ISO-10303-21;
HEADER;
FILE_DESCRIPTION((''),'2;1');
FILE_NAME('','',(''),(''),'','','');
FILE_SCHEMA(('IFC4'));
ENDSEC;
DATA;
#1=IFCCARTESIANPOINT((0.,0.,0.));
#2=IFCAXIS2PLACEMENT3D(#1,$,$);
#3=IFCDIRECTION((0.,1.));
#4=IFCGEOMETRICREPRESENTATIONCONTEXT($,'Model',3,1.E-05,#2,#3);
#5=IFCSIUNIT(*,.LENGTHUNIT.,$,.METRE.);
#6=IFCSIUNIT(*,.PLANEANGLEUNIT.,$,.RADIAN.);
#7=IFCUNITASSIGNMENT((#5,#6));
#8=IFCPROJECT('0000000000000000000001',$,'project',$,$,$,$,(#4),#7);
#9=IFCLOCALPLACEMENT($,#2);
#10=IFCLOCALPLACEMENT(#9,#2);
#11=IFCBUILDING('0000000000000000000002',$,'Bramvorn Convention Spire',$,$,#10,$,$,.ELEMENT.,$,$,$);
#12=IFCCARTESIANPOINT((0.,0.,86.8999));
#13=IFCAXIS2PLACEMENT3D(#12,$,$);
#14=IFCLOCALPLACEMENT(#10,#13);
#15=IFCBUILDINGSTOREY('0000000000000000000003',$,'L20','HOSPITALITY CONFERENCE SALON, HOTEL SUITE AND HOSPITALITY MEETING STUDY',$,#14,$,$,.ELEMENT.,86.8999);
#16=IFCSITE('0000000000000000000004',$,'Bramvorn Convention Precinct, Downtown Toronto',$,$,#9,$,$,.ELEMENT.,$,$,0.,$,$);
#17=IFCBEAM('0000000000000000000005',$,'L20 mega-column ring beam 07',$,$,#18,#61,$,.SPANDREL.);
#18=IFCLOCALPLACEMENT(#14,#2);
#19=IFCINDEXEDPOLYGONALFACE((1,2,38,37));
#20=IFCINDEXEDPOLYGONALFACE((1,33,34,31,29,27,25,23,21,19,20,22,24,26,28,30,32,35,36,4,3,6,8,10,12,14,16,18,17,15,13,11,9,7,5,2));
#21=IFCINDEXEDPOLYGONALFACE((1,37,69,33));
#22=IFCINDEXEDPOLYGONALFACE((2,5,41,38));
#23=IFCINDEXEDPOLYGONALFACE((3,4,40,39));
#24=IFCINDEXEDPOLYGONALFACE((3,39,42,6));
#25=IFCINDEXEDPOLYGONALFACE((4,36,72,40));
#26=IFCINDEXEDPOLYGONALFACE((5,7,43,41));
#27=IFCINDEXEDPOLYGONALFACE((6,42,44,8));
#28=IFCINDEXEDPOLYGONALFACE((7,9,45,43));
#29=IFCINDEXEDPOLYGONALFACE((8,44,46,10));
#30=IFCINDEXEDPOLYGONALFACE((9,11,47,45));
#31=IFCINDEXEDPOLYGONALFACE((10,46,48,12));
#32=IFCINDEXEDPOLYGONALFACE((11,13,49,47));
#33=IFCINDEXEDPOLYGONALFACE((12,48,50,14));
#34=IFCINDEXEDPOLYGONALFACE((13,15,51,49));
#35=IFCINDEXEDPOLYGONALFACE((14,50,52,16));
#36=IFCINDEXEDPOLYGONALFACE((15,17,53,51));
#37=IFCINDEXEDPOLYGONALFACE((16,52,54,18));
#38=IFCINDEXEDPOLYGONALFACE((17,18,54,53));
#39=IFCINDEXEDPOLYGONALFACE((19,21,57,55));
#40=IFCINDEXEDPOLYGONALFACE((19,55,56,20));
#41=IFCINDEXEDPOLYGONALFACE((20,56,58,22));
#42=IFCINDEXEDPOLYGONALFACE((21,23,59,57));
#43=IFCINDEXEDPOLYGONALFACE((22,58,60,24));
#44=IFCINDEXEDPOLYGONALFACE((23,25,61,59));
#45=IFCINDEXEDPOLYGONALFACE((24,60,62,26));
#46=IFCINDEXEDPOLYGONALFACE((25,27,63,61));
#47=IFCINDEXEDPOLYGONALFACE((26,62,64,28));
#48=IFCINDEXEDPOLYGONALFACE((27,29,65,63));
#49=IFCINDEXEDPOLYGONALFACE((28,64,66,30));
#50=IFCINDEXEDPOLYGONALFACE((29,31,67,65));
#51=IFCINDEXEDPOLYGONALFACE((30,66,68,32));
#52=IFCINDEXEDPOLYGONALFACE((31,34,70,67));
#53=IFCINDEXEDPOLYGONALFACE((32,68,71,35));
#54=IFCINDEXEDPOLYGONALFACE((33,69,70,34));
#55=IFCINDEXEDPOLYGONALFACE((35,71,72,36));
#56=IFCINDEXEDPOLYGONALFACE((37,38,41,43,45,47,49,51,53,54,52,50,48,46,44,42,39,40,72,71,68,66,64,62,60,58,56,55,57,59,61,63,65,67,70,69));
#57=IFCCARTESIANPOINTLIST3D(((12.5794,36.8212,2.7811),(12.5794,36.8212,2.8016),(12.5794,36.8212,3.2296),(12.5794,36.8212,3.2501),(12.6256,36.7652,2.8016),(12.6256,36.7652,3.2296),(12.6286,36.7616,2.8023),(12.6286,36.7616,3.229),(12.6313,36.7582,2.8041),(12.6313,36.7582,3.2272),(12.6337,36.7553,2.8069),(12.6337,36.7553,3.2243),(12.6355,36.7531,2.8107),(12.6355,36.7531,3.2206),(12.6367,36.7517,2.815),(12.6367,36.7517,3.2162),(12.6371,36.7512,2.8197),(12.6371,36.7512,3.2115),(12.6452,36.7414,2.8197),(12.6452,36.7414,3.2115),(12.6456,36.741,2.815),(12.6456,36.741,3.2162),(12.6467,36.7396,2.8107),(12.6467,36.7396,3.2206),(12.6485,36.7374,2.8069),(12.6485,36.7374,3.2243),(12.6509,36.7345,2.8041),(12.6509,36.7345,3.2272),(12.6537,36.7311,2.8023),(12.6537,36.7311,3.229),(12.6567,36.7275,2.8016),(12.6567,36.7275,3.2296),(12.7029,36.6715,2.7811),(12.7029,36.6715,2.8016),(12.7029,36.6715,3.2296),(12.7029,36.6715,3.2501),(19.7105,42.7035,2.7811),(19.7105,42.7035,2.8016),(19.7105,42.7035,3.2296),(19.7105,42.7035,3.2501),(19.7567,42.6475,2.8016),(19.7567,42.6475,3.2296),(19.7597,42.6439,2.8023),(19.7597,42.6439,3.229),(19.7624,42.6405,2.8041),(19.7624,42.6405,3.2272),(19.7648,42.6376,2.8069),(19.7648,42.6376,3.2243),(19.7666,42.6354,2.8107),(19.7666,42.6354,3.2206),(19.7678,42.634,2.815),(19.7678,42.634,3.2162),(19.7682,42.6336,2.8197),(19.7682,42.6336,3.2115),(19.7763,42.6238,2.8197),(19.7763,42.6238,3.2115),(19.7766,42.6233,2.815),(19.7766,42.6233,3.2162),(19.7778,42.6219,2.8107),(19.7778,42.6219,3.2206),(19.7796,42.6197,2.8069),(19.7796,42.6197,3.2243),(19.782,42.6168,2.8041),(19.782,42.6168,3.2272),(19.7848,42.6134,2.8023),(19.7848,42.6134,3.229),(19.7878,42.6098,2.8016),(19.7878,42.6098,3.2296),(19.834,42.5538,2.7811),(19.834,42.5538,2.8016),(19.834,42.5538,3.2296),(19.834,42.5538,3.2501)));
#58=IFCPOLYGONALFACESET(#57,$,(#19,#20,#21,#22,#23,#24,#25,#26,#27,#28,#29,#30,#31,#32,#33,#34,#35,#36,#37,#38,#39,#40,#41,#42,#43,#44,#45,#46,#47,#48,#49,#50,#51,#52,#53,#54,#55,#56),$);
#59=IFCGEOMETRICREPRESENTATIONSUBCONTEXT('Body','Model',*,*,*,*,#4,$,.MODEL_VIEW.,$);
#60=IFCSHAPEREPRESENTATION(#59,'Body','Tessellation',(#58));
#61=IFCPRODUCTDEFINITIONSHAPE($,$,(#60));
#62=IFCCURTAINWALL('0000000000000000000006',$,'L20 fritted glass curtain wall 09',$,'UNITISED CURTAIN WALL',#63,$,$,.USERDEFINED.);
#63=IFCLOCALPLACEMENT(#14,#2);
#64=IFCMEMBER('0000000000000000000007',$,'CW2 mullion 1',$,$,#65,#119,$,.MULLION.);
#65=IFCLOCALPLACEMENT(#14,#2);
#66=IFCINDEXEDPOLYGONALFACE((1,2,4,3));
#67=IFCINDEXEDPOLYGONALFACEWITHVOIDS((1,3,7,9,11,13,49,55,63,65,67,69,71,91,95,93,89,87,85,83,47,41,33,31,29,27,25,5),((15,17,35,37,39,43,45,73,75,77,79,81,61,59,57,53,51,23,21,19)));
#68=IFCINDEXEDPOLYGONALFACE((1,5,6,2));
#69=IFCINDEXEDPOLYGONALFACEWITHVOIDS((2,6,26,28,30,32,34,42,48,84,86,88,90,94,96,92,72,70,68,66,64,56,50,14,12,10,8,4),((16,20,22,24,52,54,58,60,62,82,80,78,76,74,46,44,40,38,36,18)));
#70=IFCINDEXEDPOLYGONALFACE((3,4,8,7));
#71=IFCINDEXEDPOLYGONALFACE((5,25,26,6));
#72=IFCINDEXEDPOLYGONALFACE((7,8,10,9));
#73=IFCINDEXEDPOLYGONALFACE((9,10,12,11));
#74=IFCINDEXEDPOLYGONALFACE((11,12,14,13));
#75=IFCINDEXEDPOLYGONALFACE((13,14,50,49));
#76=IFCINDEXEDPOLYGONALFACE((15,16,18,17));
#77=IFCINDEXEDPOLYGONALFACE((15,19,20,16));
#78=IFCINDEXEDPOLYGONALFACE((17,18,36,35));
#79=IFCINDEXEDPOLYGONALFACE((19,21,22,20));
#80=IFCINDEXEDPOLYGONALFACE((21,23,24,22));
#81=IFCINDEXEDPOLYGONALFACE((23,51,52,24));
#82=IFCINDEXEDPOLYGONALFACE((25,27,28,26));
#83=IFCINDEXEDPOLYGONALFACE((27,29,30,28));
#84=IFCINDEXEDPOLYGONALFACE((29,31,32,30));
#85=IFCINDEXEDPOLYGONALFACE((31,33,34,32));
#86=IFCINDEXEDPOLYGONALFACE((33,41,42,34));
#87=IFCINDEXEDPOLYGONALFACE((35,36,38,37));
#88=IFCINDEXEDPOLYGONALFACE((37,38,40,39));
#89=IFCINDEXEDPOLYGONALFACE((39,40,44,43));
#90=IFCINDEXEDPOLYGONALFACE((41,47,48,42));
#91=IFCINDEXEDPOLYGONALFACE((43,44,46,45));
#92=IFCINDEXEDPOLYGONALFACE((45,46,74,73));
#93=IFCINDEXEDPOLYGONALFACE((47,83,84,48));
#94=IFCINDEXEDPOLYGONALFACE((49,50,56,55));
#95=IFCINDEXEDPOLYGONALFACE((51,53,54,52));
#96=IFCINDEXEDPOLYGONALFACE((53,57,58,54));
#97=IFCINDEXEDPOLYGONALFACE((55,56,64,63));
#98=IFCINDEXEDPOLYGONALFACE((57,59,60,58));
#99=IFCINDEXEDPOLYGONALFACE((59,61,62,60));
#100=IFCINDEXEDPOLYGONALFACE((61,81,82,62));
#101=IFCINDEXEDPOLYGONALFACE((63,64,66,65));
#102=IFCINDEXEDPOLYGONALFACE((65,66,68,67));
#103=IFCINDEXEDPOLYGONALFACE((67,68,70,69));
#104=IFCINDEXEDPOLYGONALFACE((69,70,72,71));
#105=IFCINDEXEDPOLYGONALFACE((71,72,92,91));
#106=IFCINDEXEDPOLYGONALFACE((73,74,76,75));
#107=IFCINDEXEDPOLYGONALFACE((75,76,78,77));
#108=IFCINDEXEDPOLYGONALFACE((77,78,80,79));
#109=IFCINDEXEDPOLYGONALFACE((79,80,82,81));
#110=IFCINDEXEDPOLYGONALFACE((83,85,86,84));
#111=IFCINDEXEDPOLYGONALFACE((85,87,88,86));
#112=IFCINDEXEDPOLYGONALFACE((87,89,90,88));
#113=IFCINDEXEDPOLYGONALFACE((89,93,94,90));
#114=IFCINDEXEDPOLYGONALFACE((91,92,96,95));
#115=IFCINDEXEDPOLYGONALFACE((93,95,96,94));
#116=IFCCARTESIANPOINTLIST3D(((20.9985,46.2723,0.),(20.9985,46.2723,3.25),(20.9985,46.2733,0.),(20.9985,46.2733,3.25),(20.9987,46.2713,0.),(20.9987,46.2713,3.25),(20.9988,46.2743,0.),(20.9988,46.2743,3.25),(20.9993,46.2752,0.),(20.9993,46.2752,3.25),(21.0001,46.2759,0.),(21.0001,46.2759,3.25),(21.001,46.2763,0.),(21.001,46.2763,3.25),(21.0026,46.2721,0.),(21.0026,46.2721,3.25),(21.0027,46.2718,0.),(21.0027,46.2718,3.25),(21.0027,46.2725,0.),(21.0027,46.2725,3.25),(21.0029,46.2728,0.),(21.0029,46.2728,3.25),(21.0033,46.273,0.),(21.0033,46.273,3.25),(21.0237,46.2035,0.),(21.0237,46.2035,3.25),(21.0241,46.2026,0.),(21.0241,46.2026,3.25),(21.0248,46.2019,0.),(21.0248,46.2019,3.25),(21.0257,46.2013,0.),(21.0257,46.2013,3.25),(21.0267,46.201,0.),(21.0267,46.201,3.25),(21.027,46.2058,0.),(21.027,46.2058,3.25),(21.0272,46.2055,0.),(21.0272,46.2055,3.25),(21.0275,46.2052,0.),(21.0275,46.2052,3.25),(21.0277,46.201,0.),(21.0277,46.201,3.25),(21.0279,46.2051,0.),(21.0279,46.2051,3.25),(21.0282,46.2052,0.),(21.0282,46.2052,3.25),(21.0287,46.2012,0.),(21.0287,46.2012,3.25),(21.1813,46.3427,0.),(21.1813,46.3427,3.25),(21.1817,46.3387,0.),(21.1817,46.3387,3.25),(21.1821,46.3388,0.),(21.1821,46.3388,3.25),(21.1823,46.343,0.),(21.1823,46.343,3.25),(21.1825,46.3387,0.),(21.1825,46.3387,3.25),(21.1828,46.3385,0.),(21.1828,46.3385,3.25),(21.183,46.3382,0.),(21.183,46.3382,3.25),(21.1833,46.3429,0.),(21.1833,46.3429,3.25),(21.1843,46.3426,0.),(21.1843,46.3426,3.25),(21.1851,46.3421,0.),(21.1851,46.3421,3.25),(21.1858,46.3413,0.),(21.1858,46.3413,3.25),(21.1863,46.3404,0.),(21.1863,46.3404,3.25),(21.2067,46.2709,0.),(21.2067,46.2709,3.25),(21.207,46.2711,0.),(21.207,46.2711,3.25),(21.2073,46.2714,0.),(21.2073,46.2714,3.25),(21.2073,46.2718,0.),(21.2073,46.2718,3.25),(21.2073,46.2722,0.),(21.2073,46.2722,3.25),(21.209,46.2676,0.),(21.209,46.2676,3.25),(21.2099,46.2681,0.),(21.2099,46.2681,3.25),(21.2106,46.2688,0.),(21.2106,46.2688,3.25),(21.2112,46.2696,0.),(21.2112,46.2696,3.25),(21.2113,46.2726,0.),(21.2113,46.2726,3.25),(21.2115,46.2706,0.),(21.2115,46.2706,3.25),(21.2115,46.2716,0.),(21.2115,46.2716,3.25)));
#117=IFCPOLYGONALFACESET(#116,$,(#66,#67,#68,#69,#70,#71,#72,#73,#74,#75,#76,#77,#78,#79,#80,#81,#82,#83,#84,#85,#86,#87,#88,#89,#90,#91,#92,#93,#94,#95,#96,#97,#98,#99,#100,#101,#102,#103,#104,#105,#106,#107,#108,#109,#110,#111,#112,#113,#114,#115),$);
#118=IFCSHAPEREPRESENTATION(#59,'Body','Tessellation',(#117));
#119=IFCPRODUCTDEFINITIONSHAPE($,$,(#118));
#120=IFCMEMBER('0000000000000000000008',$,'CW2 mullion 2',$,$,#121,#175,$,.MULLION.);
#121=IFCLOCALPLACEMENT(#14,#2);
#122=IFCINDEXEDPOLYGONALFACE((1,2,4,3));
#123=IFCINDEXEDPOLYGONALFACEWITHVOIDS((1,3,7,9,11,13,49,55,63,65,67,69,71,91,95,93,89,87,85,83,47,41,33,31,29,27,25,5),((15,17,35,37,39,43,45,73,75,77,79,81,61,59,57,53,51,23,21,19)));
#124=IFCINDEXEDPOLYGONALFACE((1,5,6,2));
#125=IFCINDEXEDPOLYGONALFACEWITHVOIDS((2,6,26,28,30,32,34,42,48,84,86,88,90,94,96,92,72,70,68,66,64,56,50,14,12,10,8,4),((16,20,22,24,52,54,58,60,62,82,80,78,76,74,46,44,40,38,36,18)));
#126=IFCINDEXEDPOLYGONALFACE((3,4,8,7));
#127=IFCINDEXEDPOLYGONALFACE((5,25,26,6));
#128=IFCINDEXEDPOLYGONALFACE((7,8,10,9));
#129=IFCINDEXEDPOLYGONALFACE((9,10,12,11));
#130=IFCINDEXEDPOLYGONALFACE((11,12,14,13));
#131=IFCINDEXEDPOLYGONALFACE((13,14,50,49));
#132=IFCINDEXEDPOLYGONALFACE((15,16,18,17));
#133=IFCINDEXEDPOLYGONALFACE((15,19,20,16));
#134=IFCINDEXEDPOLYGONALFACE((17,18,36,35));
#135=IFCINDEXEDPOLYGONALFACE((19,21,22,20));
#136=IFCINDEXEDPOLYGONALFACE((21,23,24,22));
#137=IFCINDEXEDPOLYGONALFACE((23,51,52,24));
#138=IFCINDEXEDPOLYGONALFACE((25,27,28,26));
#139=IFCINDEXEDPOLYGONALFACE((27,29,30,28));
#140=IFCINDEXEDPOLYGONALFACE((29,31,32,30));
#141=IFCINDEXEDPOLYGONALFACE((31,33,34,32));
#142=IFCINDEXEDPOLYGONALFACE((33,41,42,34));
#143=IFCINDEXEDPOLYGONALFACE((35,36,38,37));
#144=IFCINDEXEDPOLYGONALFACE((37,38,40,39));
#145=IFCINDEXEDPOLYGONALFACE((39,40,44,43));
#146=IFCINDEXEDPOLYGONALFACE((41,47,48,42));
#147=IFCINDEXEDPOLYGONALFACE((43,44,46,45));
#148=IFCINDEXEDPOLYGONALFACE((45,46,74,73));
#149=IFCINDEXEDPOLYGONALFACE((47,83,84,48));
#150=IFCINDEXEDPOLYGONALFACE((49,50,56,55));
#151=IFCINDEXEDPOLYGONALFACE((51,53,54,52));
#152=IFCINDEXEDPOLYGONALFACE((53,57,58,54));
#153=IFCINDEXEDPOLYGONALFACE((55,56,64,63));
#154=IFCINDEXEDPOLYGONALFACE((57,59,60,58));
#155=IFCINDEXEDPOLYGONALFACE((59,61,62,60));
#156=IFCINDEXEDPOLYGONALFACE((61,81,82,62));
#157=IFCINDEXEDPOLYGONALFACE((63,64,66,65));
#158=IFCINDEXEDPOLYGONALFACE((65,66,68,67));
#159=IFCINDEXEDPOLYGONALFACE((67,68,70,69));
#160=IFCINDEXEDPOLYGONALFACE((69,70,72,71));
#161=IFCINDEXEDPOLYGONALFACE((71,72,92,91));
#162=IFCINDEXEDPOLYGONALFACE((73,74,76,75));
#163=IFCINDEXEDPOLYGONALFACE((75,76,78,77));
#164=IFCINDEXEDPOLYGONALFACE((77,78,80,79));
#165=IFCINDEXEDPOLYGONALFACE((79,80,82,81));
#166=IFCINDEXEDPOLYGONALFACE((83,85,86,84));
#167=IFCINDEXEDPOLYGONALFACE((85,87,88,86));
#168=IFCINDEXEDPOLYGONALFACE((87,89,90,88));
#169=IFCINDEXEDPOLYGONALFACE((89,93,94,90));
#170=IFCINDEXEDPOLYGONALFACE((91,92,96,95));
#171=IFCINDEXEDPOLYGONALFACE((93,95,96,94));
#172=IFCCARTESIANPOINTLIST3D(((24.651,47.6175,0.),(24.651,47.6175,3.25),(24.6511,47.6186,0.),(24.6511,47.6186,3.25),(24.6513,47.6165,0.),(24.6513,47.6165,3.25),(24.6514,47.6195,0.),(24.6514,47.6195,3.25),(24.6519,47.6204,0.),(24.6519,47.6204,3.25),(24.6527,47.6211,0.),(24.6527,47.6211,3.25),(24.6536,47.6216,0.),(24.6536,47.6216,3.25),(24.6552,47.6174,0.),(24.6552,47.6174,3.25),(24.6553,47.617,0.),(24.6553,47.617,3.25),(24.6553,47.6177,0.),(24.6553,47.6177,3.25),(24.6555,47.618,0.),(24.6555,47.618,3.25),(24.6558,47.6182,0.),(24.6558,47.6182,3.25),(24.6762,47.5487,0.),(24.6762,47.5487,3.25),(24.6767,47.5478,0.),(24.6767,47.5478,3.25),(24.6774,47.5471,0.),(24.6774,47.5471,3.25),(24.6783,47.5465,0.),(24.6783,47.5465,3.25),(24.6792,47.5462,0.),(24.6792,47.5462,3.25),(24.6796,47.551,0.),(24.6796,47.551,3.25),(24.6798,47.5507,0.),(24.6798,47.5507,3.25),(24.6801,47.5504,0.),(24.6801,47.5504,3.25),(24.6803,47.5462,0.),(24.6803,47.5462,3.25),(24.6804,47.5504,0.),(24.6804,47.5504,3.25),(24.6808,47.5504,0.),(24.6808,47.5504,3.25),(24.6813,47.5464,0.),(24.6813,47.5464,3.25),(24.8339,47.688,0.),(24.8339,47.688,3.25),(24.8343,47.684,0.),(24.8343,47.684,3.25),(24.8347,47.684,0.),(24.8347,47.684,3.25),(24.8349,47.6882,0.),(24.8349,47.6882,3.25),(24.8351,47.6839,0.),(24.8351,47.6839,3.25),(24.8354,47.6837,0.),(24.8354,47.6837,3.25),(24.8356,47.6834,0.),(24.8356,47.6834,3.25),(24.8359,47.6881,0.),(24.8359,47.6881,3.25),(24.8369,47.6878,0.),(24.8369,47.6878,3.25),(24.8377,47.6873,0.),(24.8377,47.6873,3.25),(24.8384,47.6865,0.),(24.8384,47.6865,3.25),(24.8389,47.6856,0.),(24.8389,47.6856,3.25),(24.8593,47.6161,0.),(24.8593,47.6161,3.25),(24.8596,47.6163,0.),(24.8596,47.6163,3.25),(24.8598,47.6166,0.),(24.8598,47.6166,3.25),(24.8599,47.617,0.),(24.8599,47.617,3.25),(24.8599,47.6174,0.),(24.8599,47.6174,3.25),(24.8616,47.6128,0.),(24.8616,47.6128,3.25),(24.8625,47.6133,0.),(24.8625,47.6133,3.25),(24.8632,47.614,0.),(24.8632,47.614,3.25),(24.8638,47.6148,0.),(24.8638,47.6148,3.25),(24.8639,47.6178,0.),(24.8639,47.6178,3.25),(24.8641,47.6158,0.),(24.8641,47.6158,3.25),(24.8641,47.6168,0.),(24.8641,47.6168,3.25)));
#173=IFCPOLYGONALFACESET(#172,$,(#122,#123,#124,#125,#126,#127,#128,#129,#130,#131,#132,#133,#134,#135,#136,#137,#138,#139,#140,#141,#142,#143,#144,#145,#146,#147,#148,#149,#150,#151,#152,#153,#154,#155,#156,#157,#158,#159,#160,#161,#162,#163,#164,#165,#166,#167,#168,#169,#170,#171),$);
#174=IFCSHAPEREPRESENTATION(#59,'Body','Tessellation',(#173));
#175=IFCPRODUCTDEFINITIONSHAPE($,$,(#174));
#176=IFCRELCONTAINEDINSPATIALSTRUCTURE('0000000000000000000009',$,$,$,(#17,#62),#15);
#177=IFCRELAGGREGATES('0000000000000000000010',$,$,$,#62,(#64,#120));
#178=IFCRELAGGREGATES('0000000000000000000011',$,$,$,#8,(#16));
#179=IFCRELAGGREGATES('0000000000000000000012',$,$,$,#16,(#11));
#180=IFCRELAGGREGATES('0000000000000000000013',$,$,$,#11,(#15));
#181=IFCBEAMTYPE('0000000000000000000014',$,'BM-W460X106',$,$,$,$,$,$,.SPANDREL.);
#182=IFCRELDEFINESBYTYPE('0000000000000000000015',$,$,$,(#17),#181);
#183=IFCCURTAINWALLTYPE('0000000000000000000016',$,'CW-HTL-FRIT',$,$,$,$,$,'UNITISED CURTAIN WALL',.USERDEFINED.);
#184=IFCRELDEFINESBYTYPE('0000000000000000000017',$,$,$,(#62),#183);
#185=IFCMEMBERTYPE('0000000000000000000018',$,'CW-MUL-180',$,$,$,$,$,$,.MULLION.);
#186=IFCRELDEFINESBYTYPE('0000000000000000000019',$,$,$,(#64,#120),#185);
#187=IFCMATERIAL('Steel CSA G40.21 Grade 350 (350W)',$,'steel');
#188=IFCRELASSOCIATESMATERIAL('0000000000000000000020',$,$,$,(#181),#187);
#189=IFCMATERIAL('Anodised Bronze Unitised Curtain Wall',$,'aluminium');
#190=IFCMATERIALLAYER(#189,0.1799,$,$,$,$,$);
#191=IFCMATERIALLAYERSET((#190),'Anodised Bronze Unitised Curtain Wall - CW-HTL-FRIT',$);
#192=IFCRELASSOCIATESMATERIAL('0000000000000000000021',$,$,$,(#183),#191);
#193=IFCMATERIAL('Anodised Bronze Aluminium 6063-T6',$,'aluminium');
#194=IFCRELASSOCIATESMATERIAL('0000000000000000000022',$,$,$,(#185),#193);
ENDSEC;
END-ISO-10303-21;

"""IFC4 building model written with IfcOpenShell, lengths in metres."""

from ifc_helpers import new_model, si_unit, direction, frame, origin, origin_2d, place, context, subcontext, project, spatial, hollow_rectangle, i_section, extrude, material, layer, layer_set, material_profile, profile_set, type_object, element, aggregate, save


model = new_model("IFC4")

# Units and contexts
model_context = context("Model", 3, precision=1e-05, world=origin(), true_north=direction((0.0, 1.0)))
body_context = subcontext(model_context, "Body", "Model", "MODEL_VIEW")
ifc_project = project(units=[si_unit("LENGTHUNIT", "METRE"), si_unit("PLANEANGLEUNIT", "RADIAN")], contexts=[model_context])

# Site, building, storey
site_placement = place(None, origin())
site = spatial("IfcSite", under=ifc_project, at=site_placement, Name="Bramvorn Convention Precinct, Downtown Toronto", CompositionType="ELEMENT", RefElevation=0.0)
building_placement = place(site_placement, origin())
building = spatial("IfcBuilding", under=site, at=building_placement, Name="Bramvorn Convention Spire", CompositionType="ELEMENT")
storey_placement = place(building_placement, frame((0.0, 0.0, 86.8999)))
storey = spatial("IfcBuildingStorey", under=building, at=storey_placement, Name="L20", Description="HOSPITALITY CONFERENCE SALON, HOTEL SUITE AND HOSPITALITY MEETING STUDY", CompositionType="ELEMENT", Elevation=86.8999)

# Shared definitions
ifc_material_1 = material(Name="Steel CSA G40.21 Grade 350 (350W)", Category="steel")

# Beam
ifc_material_profile_1 = material_profile(ifc_material_1, i_section(OverallWidth=0.1941, OverallDepth=0.469, WebThickness=0.0127, FlangeThickness=0.0205, FilletRadius=0.0181, at=origin_2d()))
ifc_profile_set_1 = profile_set([ifc_material_profile_1], Name="Steel CSA G40.21 Grade 350 (350W) - W460X106")
beam_type_1 = type_object("IfcBeamType", Name="BM-W460X106", PredefinedType="SPANDREL", material=ifc_profile_set_1)
beam_1_placement = place(storey_placement, frame((19.7722, 42.6287, 3.0156), z_axis=(-0.771418, -0.636329, 0.0), x_axis=(0.636329, -0.771418, 0.0)))
element("IfcBeam", 1, at=beam_1_placement, inside=storey, type_object=beam_type_1, Name="L20 mega-column ring beam 07", PredefinedType="SPANDREL", context=body_context, shape_type="SweptSolid", body=[
    extrude(i_section(OverallWidth=0.1941, OverallDepth=0.469, WebThickness=0.0127, FlangeThickness=0.0205, FilletRadius=0.0181, at=origin_2d()), origin(), (0.0, 0.0, 1.0), 9.2441),
])

# Curtain wall, members
ifc_material_2 = material(Name="Anodised Bronze Unitised Curtain Wall", Category="aluminium")
ifc_layer_1 = layer(ifc_material_2, 0.1799)
ifc_layer_set_1 = layer_set([ifc_layer_1], Name="Anodised Bronze Unitised Curtain Wall - CW-HTL-FRIT")
curtain_wall_type = type_object("IfcCurtainWallType", Name="CW-HTL-FRIT", ElementType="UNITISED CURTAIN WALL", PredefinedType="USERDEFINED", material=ifc_layer_set_1)
curtain_wall_placement = place(storey_placement, origin())
curtain_wall = element("IfcCurtainWall", 2, at=curtain_wall_placement, inside=storey, type_object=curtain_wall_type, Name="L20 fritted glass curtain wall 09", ObjectType="UNITISED CURTAIN WALL", PredefinedType="USERDEFINED")
ifc_material_3 = material(Name="Anodised Bronze Aluminium 6063-T6", Category="aluminium")
ifc_material_profile_2 = material_profile(ifc_material_3, hollow_rectangle(XDim=0.0801, YDim=0.2, WallThickness=0.0039, InnerFilletRadius=0.001, OuterFilletRadius=0.0039, at=origin_2d()))
ifc_profile_set_2 = profile_set([ifc_material_profile_2], Name="Anodised Bronze Aluminium 6063-T6 - CWM80X200")
member_type_1 = type_object("IfcMemberType", Name="CW-MUL-180", PredefinedType="MULLION", material=ifc_profile_set_2)
member_1_placement = place(storey_placement, frame((21.105, 46.272, 0.0), z_axis=(0.0, 0.0, 1.0), x_axis=(-0.345578, 0.93839, 0.0)))
member_1 = element("IfcMember", 3, at=member_1_placement, type_object=member_type_1, Name="CW2 mullion 1", PredefinedType="MULLION", context=body_context, shape_type="SweptSolid", body=[
    extrude(hollow_rectangle(XDim=0.0801, YDim=0.2, WallThickness=0.0039, InnerFilletRadius=0.001, OuterFilletRadius=0.0039, at=origin_2d()), origin(), (0.0, 0.0, 1.0), 3.25),
])
member_2_placement = place(storey_placement, frame((24.7576, 47.6172, 0.0), z_axis=(0.0, 0.0, 1.0), x_axis=(-0.345578, 0.93839, 0.0)))
member_2 = element("IfcMember", 4, at=member_2_placement, type_object=member_type_1, Name="CW2 mullion 2", PredefinedType="MULLION", context=body_context, shape_type="SweptSolid", body=[
    extrude(hollow_rectangle(XDim=0.0801, YDim=0.2, WallThickness=0.0039, InnerFilletRadius=0.001, OuterFilletRadius=0.0039, at=origin_2d()), origin(), (0.0, 0.0, 1.0), 3.25),
])
aggregate(curtain_wall, [member_1, member_2])

save(model, "model.ifc")
